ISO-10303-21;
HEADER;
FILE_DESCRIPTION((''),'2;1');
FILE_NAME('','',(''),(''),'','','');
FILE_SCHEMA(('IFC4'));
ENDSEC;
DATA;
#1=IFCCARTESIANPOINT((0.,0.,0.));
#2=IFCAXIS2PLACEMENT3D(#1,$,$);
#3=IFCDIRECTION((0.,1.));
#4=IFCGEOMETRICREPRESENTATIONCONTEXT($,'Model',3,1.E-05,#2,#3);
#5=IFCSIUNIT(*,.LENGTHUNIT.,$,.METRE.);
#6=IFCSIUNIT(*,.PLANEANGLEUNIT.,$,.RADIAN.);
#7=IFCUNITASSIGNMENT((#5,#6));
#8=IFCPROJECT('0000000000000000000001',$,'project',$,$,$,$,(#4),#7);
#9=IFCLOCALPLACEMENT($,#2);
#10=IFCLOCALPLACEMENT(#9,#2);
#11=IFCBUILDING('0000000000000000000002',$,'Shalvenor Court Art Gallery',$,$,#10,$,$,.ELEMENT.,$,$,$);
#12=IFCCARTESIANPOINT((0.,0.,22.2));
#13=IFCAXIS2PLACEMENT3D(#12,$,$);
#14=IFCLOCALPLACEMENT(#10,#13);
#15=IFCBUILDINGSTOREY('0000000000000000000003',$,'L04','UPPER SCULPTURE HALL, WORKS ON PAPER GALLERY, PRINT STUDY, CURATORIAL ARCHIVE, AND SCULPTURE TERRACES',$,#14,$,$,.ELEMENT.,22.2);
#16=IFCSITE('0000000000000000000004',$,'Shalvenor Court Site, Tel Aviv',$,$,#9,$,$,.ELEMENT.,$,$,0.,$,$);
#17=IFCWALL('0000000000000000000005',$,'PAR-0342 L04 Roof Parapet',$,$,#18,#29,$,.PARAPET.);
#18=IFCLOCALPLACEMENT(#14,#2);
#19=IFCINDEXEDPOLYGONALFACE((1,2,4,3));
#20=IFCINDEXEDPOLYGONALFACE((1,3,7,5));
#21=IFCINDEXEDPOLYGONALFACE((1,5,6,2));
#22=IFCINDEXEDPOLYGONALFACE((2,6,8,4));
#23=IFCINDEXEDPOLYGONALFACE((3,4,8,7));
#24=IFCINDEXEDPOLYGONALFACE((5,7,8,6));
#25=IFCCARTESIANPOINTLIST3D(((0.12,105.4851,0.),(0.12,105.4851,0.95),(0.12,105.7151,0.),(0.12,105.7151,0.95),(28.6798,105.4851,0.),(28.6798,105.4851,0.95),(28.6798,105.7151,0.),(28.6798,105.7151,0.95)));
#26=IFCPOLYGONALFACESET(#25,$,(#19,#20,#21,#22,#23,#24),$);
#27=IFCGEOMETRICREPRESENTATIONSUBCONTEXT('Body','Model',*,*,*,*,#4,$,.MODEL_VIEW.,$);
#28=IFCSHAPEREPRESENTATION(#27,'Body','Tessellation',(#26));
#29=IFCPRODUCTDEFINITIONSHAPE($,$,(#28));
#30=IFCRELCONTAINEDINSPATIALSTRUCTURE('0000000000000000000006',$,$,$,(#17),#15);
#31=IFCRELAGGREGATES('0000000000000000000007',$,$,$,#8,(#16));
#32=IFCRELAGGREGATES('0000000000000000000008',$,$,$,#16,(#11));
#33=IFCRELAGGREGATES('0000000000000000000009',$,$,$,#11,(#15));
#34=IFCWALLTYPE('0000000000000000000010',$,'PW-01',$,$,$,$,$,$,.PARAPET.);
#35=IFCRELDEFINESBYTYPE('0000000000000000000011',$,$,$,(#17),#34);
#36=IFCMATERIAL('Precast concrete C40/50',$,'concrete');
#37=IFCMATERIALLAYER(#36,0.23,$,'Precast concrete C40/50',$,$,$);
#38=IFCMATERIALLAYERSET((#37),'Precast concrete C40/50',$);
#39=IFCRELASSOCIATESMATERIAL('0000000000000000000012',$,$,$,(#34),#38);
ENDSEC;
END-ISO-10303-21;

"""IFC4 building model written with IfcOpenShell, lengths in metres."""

from ifc_helpers import new_model, si_unit, direction, frame, frame_2d, origin, place, context, subcontext, project, spatial, rectangle, extrude, material, layer, layer_set, type_object, element, save


model = new_model("IFC4")

# Units and contexts
model_context = context("Model", 3, precision=1e-05, world=origin(), true_north=direction((0.0, 1.0)))
body_context = subcontext(model_context, "Body", "Model", "MODEL_VIEW")
ifc_project = project(units=[si_unit("LENGTHUNIT", "METRE"), si_unit("PLANEANGLEUNIT", "RADIAN")], contexts=[model_context])

# Site, building, storey
site_placement = place(None, origin())
site = spatial("IfcSite", under=ifc_project, at=site_placement, Name="Shalvenor Court Site, Tel Aviv", CompositionType="ELEMENT", RefElevation=0.0)
building_placement = place(site_placement, origin())
building = spatial("IfcBuilding", under=site, at=building_placement, Name="Shalvenor Court Art Gallery", CompositionType="ELEMENT")
storey_placement = place(building_placement, frame((0.0, 0.0, 22.2)))
storey = spatial("IfcBuildingStorey", under=building, at=storey_placement, Name="L04", Description="UPPER SCULPTURE HALL, WORKS ON PAPER GALLERY, PRINT STUDY, CURATORIAL ARCHIVE, AND SCULPTURE TERRACES", CompositionType="ELEMENT", Elevation=22.2)

# Wall
ifc_material_1 = material(Name="Precast concrete C40/50", Category="concrete")
ifc_layer_1 = layer(ifc_material_1, 0.23, Name="Precast concrete C40/50")
ifc_layer_set_1 = layer_set([ifc_layer_1], Name="Precast concrete C40/50")
wall_type = type_object("IfcWallType", Name="PW-01", PredefinedType="PARAPET", material=ifc_layer_set_1)
wall_1_placement = place(storey_placement, frame((0.1201, 105.6001, 0.0), z_axis=(0.0, 0.0, 1.0), x_axis=(1.0, 0.0, 0.0)))
element("IfcWall", 1, at=wall_1_placement, inside=storey, type_object=wall_type, Name="PAR-0342 L04 Roof Parapet", PredefinedType="PARAPET", context=body_context, shape_type="SweptSolid", body=[
    extrude(rectangle(XDim=28.5598, YDim=0.23, at=frame_2d((14.2798, 0.0))), origin(), (0.0, 0.0, 1.0), 0.95),
])

save(model, "model.ifc")
